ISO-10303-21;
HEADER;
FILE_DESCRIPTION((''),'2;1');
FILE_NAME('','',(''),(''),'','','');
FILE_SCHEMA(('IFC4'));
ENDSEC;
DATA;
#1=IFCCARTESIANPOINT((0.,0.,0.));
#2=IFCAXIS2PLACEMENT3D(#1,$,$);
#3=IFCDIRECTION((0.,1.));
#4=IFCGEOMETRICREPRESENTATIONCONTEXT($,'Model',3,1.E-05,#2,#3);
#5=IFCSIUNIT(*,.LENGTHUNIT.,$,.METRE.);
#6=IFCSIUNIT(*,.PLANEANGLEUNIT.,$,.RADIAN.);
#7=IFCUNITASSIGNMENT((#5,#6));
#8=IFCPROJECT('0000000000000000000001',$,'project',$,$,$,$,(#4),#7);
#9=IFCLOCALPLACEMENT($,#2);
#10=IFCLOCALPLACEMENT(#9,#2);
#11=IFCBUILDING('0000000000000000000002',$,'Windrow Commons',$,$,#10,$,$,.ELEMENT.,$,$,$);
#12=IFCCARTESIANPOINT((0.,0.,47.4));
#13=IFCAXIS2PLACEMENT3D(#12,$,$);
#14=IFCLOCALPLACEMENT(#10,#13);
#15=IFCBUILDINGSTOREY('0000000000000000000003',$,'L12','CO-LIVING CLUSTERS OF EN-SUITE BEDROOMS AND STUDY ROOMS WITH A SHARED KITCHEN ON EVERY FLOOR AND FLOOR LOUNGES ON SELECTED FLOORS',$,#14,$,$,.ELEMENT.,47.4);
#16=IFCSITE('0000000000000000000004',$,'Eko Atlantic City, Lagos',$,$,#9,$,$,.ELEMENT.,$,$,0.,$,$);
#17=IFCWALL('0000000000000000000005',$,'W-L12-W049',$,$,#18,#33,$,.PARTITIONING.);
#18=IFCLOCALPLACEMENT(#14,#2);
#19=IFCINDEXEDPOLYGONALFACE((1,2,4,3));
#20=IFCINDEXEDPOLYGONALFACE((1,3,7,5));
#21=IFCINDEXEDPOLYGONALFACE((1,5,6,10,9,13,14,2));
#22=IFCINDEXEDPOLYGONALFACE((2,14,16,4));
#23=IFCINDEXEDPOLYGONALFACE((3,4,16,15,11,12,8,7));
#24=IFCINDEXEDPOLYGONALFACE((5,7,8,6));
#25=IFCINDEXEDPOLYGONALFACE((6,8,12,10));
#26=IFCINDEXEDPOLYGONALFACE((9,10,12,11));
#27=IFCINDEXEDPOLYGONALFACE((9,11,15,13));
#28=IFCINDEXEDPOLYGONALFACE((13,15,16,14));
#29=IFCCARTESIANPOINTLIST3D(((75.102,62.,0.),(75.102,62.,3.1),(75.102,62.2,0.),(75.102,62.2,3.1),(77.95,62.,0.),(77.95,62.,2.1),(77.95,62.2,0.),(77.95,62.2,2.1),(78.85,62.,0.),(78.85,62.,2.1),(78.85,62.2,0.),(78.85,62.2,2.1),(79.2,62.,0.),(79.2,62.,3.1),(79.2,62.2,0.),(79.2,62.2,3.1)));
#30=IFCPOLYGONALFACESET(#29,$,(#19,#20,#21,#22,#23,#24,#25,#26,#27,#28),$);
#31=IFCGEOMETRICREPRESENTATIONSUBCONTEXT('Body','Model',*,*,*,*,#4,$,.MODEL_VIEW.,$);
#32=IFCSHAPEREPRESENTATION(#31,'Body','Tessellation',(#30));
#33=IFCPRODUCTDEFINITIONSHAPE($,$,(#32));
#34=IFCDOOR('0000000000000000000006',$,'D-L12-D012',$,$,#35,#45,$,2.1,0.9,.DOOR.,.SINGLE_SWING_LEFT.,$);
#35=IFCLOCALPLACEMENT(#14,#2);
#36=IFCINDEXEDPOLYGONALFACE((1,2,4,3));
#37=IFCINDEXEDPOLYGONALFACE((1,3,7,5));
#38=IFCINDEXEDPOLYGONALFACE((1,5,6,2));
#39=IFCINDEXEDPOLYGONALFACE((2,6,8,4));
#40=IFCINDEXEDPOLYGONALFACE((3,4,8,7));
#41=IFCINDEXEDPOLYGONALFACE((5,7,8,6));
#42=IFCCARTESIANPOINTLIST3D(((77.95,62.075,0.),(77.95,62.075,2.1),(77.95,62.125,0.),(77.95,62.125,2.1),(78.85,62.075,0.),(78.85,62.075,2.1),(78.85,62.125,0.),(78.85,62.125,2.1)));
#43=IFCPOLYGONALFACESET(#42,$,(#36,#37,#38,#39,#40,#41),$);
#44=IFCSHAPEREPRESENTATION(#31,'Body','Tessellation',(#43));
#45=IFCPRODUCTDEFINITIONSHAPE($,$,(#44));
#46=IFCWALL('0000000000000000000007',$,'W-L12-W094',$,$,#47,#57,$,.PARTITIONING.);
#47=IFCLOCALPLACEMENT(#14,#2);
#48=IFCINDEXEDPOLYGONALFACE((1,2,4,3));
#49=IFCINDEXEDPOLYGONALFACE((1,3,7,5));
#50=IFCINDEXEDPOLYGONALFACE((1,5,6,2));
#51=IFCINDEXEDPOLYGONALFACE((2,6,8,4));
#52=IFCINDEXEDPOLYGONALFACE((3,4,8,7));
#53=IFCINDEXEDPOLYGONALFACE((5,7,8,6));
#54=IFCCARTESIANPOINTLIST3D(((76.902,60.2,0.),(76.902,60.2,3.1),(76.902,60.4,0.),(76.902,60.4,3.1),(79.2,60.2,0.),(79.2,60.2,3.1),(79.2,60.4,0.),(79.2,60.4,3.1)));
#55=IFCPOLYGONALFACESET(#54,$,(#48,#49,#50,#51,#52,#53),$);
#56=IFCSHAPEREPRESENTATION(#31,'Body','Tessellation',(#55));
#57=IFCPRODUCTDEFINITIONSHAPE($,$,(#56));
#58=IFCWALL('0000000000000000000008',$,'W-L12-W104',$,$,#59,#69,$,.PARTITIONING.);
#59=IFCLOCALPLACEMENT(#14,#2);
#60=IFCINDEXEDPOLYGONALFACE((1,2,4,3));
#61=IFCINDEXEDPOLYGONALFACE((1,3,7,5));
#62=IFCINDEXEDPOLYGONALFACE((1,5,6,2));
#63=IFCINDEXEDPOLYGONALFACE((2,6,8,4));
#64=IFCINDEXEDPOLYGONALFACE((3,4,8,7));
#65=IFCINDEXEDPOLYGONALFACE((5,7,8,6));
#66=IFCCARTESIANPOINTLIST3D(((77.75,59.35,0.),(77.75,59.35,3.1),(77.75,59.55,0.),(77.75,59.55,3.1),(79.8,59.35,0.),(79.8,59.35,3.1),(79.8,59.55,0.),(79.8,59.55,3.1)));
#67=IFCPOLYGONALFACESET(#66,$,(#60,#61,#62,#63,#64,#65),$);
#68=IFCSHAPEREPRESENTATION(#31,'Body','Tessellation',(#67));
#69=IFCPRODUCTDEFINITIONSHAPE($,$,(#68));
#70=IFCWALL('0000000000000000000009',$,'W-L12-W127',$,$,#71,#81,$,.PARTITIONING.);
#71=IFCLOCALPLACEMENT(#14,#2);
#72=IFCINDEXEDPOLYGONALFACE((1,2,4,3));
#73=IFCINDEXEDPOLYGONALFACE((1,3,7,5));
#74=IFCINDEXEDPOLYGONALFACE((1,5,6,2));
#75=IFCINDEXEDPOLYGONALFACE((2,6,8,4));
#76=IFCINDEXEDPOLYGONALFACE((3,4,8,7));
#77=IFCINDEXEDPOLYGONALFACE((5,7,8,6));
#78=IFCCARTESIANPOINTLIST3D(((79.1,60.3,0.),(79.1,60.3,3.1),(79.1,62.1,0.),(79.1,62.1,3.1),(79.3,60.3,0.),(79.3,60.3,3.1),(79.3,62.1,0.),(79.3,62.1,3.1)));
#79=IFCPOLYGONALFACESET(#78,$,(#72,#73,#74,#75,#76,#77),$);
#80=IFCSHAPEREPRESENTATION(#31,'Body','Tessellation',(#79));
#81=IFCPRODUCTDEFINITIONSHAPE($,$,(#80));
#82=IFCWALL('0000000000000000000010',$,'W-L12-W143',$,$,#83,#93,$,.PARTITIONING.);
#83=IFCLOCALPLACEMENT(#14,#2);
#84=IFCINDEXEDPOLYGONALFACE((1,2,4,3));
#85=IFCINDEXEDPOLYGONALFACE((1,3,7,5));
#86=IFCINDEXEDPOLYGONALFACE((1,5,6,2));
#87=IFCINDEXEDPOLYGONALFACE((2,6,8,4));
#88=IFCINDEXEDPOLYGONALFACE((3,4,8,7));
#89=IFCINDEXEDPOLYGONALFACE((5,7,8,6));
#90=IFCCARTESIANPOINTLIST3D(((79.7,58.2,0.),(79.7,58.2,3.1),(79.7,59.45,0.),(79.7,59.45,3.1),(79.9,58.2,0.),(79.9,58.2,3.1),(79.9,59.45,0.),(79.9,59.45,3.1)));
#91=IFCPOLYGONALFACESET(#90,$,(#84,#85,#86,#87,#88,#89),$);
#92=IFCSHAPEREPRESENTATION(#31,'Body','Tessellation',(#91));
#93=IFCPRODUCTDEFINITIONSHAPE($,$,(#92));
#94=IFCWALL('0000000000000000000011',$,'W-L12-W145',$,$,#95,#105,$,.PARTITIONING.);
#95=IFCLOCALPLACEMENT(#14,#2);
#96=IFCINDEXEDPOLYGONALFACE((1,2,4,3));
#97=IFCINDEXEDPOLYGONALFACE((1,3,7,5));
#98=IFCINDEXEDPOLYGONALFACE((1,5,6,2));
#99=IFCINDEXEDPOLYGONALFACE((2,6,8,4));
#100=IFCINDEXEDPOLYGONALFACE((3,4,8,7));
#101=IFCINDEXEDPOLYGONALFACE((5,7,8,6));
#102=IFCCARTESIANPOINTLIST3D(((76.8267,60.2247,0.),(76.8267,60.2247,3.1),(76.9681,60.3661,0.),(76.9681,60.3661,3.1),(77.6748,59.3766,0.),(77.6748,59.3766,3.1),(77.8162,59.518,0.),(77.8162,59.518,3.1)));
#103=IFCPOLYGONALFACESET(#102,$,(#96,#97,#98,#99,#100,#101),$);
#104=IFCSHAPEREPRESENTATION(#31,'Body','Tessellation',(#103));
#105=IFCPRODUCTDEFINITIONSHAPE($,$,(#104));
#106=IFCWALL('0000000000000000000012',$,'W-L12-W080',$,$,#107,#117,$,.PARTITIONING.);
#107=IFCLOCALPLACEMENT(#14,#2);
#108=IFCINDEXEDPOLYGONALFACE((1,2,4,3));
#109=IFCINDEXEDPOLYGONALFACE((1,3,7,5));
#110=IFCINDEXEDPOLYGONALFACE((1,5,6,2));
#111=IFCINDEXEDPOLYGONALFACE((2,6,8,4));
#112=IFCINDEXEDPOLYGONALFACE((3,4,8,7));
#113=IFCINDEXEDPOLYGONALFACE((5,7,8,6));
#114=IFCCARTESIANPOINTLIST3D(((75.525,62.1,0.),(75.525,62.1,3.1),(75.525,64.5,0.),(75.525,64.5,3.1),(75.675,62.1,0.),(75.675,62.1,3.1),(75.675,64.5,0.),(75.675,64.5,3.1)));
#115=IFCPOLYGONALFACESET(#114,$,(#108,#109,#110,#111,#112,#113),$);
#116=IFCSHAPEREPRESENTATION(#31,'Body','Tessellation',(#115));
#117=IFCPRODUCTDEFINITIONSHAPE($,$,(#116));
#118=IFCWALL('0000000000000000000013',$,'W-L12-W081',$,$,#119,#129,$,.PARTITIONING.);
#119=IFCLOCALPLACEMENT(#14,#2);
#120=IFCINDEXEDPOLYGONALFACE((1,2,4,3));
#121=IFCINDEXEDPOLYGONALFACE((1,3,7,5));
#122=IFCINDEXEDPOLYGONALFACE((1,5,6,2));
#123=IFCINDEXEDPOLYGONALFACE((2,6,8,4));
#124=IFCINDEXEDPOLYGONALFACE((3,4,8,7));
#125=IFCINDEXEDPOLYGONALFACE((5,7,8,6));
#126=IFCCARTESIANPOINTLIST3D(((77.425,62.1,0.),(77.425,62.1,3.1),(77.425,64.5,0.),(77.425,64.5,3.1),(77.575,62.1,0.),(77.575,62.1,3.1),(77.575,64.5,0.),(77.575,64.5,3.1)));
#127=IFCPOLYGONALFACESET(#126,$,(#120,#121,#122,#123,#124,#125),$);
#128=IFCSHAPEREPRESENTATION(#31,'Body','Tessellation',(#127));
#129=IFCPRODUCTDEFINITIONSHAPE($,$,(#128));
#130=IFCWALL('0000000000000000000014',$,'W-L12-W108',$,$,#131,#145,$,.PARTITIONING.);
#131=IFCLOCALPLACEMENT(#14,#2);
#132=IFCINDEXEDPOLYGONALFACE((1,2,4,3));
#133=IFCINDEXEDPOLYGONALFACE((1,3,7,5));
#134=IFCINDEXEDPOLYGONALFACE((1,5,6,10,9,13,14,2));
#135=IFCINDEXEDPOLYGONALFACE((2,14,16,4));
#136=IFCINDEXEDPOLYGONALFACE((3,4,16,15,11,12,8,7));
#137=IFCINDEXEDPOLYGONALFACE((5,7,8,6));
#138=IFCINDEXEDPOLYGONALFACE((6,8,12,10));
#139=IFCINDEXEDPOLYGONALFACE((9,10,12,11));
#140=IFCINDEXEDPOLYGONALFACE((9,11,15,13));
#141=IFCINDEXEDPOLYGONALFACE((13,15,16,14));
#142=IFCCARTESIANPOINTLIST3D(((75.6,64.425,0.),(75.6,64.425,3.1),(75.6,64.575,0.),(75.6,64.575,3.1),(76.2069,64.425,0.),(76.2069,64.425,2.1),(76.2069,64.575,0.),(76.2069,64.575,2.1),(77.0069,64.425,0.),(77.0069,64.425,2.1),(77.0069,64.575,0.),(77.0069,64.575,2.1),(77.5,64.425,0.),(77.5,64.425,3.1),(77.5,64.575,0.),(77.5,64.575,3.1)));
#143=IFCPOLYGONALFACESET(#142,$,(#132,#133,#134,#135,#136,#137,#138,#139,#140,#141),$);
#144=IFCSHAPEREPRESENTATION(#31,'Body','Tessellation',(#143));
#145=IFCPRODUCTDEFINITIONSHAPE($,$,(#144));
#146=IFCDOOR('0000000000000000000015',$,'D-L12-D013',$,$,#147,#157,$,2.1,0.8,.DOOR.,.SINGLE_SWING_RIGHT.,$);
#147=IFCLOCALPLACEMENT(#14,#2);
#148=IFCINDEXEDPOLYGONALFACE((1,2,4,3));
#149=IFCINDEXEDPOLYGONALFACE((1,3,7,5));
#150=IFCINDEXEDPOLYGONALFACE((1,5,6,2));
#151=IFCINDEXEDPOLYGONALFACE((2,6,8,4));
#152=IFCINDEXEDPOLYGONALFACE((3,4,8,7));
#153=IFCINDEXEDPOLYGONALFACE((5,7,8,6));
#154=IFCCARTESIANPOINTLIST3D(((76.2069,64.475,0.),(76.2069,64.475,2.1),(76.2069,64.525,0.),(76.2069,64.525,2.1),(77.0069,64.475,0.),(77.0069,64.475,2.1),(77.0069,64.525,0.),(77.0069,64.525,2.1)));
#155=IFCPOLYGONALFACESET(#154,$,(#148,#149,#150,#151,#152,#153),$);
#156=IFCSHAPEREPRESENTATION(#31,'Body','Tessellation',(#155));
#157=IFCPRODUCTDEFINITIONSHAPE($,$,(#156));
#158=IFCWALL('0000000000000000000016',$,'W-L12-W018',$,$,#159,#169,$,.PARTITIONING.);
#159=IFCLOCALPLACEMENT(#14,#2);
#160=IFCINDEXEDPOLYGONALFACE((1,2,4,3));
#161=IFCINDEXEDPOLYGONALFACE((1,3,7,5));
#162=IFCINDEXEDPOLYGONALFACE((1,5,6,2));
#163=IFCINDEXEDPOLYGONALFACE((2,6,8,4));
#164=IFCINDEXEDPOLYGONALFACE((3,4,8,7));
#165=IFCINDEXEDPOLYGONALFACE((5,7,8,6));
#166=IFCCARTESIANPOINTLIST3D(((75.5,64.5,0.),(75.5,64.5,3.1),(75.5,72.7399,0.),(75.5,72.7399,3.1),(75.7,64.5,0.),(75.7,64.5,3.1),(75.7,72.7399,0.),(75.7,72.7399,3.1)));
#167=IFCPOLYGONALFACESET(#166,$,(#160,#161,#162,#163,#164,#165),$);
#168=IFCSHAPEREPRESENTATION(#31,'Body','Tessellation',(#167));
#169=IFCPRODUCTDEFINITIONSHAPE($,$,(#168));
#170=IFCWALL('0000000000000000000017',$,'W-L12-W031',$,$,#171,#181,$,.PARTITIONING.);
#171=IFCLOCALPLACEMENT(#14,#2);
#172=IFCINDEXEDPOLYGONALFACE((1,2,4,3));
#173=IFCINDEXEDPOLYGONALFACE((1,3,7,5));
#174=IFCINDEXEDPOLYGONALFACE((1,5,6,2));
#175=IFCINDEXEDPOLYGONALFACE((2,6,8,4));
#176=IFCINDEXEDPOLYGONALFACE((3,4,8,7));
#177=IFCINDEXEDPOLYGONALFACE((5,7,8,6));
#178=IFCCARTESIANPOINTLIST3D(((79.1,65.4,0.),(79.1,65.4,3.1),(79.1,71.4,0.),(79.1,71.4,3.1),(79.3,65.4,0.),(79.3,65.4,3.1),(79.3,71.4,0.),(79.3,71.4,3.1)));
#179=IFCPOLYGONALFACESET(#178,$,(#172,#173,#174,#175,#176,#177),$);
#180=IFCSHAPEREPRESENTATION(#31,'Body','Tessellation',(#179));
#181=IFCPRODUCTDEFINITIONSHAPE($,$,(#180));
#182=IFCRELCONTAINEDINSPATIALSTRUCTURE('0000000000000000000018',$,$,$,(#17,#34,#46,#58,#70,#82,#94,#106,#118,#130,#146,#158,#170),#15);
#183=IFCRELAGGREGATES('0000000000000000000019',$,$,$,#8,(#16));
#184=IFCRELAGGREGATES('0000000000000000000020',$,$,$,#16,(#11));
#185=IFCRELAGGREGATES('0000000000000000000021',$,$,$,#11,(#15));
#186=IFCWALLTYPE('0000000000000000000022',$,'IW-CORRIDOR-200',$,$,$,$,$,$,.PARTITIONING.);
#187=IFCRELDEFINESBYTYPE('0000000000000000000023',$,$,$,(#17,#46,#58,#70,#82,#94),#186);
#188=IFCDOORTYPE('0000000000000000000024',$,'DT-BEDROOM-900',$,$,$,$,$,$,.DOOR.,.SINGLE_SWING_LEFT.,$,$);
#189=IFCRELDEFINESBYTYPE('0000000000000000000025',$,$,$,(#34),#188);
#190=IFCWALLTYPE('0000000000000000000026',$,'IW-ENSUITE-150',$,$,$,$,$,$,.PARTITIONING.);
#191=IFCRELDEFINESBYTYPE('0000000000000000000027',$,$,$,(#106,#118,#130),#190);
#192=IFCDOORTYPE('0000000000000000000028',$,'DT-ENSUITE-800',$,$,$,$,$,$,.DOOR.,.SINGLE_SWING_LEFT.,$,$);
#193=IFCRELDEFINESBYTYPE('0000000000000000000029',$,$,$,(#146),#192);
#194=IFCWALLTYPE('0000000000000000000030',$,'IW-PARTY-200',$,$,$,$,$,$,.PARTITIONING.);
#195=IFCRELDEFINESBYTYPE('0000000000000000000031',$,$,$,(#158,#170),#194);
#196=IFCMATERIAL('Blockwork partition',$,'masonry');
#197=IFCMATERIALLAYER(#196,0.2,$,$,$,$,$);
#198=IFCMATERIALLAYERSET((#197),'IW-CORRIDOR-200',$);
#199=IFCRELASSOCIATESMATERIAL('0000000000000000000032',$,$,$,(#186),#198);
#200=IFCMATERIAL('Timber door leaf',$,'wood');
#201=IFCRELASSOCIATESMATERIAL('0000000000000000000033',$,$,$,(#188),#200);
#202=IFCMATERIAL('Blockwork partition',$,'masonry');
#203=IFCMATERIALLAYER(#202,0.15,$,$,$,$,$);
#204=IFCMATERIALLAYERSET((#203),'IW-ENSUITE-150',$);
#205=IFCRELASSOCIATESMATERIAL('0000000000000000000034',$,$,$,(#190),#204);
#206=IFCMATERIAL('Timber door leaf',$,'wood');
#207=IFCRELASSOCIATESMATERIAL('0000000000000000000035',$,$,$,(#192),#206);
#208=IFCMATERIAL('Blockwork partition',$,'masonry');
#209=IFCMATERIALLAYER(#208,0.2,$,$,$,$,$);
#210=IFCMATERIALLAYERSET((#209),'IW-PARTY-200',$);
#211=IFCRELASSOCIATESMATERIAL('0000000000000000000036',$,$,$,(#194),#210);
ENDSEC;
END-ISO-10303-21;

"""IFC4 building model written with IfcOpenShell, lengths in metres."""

from ifc_helpers import new_model, si_unit, direction, frame, frame_2d, origin, place, context, subcontext, project, spatial, rectangle, extrude, material, layer, layer_set, type_object, element, fill, save


model = new_model("IFC4")

# Units and contexts
model_context = context("Model", 3, precision=1e-05, world=origin(), true_north=direction((0.0, 1.0)))
body_context = subcontext(model_context, "Body", "Model", "MODEL_VIEW")
ifc_project = project(units=[si_unit("LENGTHUNIT", "METRE"), si_unit("PLANEANGLEUNIT", "RADIAN")], contexts=[model_context])

# Site, building, storey
site_placement = place(None, origin())
site = spatial("IfcSite", under=ifc_project, at=site_placement, Name="Eko Atlantic City, Lagos", CompositionType="ELEMENT", RefElevation=0.0)
building_placement = place(site_placement, origin())
building = spatial("IfcBuilding", under=site, at=building_placement, Name="Windrow Commons", CompositionType="ELEMENT")
storey_placement = place(building_placement, frame((0.0, 0.0, 47.4)))
storey = spatial("IfcBuildingStorey", under=building, at=storey_placement, Name="L12", Description="CO-LIVING CLUSTERS OF EN-SUITE BEDROOMS AND STUDY ROOMS WITH A SHARED KITCHEN ON EVERY FLOOR AND FLOOR LOUNGES ON SELECTED FLOORS", CompositionType="ELEMENT", Elevation=47.4)

# Wall, opening, door
ifc_material_1 = material(Name="Blockwork partition", Category="masonry")
ifc_layer_1 = layer(ifc_material_1, 0.2)
ifc_layer_set_1 = layer_set([ifc_layer_1], Name="IW-CORRIDOR-200")
wall_type_1 = type_object("IfcWallType", Name="IW-CORRIDOR-200", PredefinedType="PARTITIONING", material=ifc_layer_set_1)
wall_1_placement = place(storey_placement, frame((75.102, 62.1, 0.0), z_axis=(0.0, 0.0, 1.0), x_axis=(1.0, 0.0, 0.0)))
wall_1 = element("IfcWall", 1, at=wall_1_placement, inside=storey, type_object=wall_type_1, Name="W-L12-W049", PredefinedType="PARTITIONING", context=body_context, shape_type="SweptSolid", body=[
    extrude(rectangle(XDim=4.098, YDim=0.2, at=frame_2d((2.049, 0.0))), origin(), (0.0, 0.0, 1.0), 3.1),
])
opening_1_placement = place(wall_1_placement, frame((2.848, 0.0, 0.0)))
opening_1 = element("IfcOpeningElement", 2, at=opening_1_placement, cuts=wall_1, PredefinedType="OPENING", context=body_context, shape_type="SweptSolid", body=[
    extrude(rectangle(XDim=0.9, YDim=2.1, at=frame_2d((0.45, 1.05))), frame((0.0, 0.11, 0.0), z_axis=(0.0, -1.0, 0.0), x_axis=(1.0, 0.0, 0.0)), (0.0, 0.0, 1.0), 0.22),
])
ifc_material_2 = material(Name="Timber door leaf", Category="wood")
door_type_1 = type_object("IfcDoorType", Name="DT-BEDROOM-900", OperationType="SINGLE_SWING_LEFT", PredefinedType="DOOR", material=ifc_material_2)
door_1_placement = place(opening_1_placement, origin())
door_1 = element("IfcDoor", 3, at=door_1_placement, inside=storey, type_object=door_type_1, Name="D-L12-D012", OperationType="SINGLE_SWING_LEFT", OverallHeight=2.1, OverallWidth=0.9, PredefinedType="DOOR", context=body_context, shape_type="SweptSolid", body=[
    extrude(rectangle(XDim=0.9, YDim=2.1, at=frame_2d((0.45, 1.05))), frame((0.0, 0.025, 0.0), z_axis=(0.0, -1.0, 0.0), x_axis=(1.0, 0.0, 0.0)), (0.0, 0.0, 1.0), 0.05),
])
fill(opening_1, door_1)

# Walls
wall_2_placement = place(storey_placement, frame((76.902, 60.3, 0.0), z_axis=(0.0, 0.0, 1.0), x_axis=(1.0, 0.0, 0.0)))
element("IfcWall", 4, at=wall_2_placement, inside=storey, type_object=wall_type_1, Name="W-L12-W094", PredefinedType="PARTITIONING", context=body_context, shape_type="SweptSolid", body=[
    extrude(rectangle(XDim=2.298, YDim=0.2, at=frame_2d((1.149, 0.0))), origin(), (0.0, 0.0, 1.0), 3.1),
])
wall_3_placement = place(storey_placement, frame((77.75, 59.45, 0.0), z_axis=(0.0, 0.0, 1.0), x_axis=(1.0, 0.0, 0.0)))
element("IfcWall", 5, at=wall_3_placement, inside=storey, type_object=wall_type_1, Name="W-L12-W104", PredefinedType="PARTITIONING", context=body_context, shape_type="SweptSolid", body=[
    extrude(rectangle(XDim=2.05, YDim=0.2, at=frame_2d((1.025, 0.0))), origin(), (0.0, 0.0, 1.0), 3.1),
])
wall_4_placement = place(storey_placement, frame((79.2, 60.3, 0.0), z_axis=(0.0, 0.0, 1.0), x_axis=(0.0, 1.0, 0.0)))
element("IfcWall", 6, at=wall_4_placement, inside=storey, type_object=wall_type_1, Name="W-L12-W127", PredefinedType="PARTITIONING", context=body_context, shape_type="SweptSolid", body=[
    extrude(rectangle(XDim=1.8, YDim=0.2, at=frame_2d((0.9, 0.0))), origin(), (0.0, 0.0, 1.0), 3.1),
])
wall_5_placement = place(storey_placement, frame((79.8, 58.2, 0.0), z_axis=(0.0, 0.0, 1.0), x_axis=(0.0, 1.0, 0.0)))
element("IfcWall", 7, at=wall_5_placement, inside=storey, type_object=wall_type_1, Name="W-L12-W143", PredefinedType="PARTITIONING", context=body_context, shape_type="SweptSolid", body=[
    extrude(rectangle(XDim=1.25, YDim=0.2, at=frame_2d((0.625, 0.0))), origin(), (0.0, 0.0, 1.0), 3.1),
])
wall_6_placement = place(storey_placement, frame((76.8974, 60.2954, 0.0), z_axis=(0.0, 0.0, 1.0), x_axis=(0.707107, -0.707107, 0.0)))
element("IfcWall", 8, at=wall_6_placement, inside=storey, type_object=wall_type_1, Name="W-L12-W145", PredefinedType="PARTITIONING", context=body_context, shape_type="SweptSolid", body=[
    extrude(rectangle(XDim=1.1993, YDim=0.2, at=frame_2d((0.5997, 0.0))), origin(), (0.0, 0.0, 1.0), 3.1),
])
ifc_material_3 = material(Name="Blockwork partition", Category="masonry")
ifc_layer_2 = layer(ifc_material_3, 0.15)
ifc_layer_set_2 = layer_set([ifc_layer_2], Name="IW-ENSUITE-150")
wall_type_2 = type_object("IfcWallType", Name="IW-ENSUITE-150", PredefinedType="PARTITIONING", material=ifc_layer_set_2)
for number, where, z_axis, x_axis, name in (
    (9, (75.6, 62.1, 0.0), (0.0, 0.0, 1.0), (0.0, 1.0, 0.0), "W-L12-W080"),
    (10, (77.5, 62.1, 0.0), (0.0, 0.0, 1.0), (0.0, 1.0, 0.0), "W-L12-W081"),
):
    element("IfcWall", number, at=place(storey_placement, frame(where, z_axis=z_axis, x_axis=x_axis)), inside=storey, type_object=wall_type_2, Name=name, PredefinedType="PARTITIONING", context=body_context, shape_type="SweptSolid", body=[
        extrude(rectangle(XDim=2.4, YDim=0.15, at=frame_2d((1.2, 0.0))), origin(), (0.0, 0.0, 1.0), 3.1),
    ])

# Wall, opening, door
wall_7_placement = place(storey_placement, frame((75.6, 64.5, 0.0), z_axis=(0.0, 0.0, 1.0), x_axis=(1.0, 0.0, 0.0)))
wall_7 = element("IfcWall", 11, at=wall_7_placement, inside=storey, type_object=wall_type_2, Name="W-L12-W108", PredefinedType="PARTITIONING", context=body_context, shape_type="SweptSolid", body=[
    extrude(rectangle(XDim=1.9, YDim=0.15, at=frame_2d((0.95, 0.0))), origin(), (0.0, 0.0, 1.0), 3.1),
])
opening_2_placement = place(wall_7_placement, frame((0.6069, 0.0, 0.0)))
opening_2 = element("IfcOpeningElement", 12, at=opening_2_placement, cuts=wall_7, PredefinedType="OPENING", context=body_context, shape_type="SweptSolid", body=[
    extrude(rectangle(XDim=0.8, YDim=2.1, at=frame_2d((0.4, 1.05))), frame((0.0, 0.085, 0.0), z_axis=(0.0, -1.0, 0.0), x_axis=(1.0, 0.0, 0.0)), (0.0, 0.0, 1.0), 0.17),
])
ifc_material_4 = material(Name="Timber door leaf", Category="wood")
door_type_2 = type_object("IfcDoorType", Name="DT-ENSUITE-800", OperationType="SINGLE_SWING_LEFT", PredefinedType="DOOR", material=ifc_material_4)
door_2_placement = place(opening_2_placement, origin())
door_2 = element("IfcDoor", 13, at=door_2_placement, inside=storey, type_object=door_type_2, Name="D-L12-D013", OperationType="SINGLE_SWING_RIGHT", OverallHeight=2.1, OverallWidth=0.8, PredefinedType="DOOR", context=body_context, shape_type="SweptSolid", body=[
    extrude(rectangle(XDim=0.8, YDim=2.1, at=frame_2d((0.4, 1.05))), frame((0.0, 0.025, 0.0), z_axis=(0.0, -1.0, 0.0), x_axis=(1.0, 0.0, 0.0)), (0.0, 0.0, 1.0), 0.05),
])
fill(opening_2, door_2)

# Walls
ifc_material_5 = material(Name="Blockwork partition", Category="masonry")
ifc_layer_3 = layer(ifc_material_5, 0.2)
ifc_layer_set_3 = layer_set([ifc_layer_3], Name="IW-PARTY-200")
wall_type_3 = type_object("IfcWallType", Name="IW-PARTY-200", PredefinedType="PARTITIONING", material=ifc_layer_set_3)
wall_8_placement = place(storey_placement, frame((75.6, 64.5, 0.0), z_axis=(0.0, 0.0, 1.0), x_axis=(0.0, 1.0, 0.0)))
element("IfcWall", 14, at=wall_8_placement, inside=storey, type_object=wall_type_3, Name="W-L12-W018", PredefinedType="PARTITIONING", context=body_context, shape_type="SweptSolid", body=[
    extrude(rectangle(XDim=8.2399, YDim=0.2, at=frame_2d((4.12, 0.0))), origin(), (0.0, 0.0, 1.0), 3.1),
])
wall_9_placement = place(storey_placement, frame((79.2, 65.4, 0.0), z_axis=(0.0, 0.0, 1.0), x_axis=(0.0, 1.0, 0.0)))
element("IfcWall", 15, at=wall_9_placement, inside=storey, type_object=wall_type_3, Name="W-L12-W031", PredefinedType="PARTITIONING", context=body_context, shape_type="SweptSolid", body=[
    extrude(rectangle(XDim=6.0, YDim=0.2, at=frame_2d((3.0, 0.0))), origin(), (0.0, 0.0, 1.0), 3.1),
])

save(model, "model.ifc")
